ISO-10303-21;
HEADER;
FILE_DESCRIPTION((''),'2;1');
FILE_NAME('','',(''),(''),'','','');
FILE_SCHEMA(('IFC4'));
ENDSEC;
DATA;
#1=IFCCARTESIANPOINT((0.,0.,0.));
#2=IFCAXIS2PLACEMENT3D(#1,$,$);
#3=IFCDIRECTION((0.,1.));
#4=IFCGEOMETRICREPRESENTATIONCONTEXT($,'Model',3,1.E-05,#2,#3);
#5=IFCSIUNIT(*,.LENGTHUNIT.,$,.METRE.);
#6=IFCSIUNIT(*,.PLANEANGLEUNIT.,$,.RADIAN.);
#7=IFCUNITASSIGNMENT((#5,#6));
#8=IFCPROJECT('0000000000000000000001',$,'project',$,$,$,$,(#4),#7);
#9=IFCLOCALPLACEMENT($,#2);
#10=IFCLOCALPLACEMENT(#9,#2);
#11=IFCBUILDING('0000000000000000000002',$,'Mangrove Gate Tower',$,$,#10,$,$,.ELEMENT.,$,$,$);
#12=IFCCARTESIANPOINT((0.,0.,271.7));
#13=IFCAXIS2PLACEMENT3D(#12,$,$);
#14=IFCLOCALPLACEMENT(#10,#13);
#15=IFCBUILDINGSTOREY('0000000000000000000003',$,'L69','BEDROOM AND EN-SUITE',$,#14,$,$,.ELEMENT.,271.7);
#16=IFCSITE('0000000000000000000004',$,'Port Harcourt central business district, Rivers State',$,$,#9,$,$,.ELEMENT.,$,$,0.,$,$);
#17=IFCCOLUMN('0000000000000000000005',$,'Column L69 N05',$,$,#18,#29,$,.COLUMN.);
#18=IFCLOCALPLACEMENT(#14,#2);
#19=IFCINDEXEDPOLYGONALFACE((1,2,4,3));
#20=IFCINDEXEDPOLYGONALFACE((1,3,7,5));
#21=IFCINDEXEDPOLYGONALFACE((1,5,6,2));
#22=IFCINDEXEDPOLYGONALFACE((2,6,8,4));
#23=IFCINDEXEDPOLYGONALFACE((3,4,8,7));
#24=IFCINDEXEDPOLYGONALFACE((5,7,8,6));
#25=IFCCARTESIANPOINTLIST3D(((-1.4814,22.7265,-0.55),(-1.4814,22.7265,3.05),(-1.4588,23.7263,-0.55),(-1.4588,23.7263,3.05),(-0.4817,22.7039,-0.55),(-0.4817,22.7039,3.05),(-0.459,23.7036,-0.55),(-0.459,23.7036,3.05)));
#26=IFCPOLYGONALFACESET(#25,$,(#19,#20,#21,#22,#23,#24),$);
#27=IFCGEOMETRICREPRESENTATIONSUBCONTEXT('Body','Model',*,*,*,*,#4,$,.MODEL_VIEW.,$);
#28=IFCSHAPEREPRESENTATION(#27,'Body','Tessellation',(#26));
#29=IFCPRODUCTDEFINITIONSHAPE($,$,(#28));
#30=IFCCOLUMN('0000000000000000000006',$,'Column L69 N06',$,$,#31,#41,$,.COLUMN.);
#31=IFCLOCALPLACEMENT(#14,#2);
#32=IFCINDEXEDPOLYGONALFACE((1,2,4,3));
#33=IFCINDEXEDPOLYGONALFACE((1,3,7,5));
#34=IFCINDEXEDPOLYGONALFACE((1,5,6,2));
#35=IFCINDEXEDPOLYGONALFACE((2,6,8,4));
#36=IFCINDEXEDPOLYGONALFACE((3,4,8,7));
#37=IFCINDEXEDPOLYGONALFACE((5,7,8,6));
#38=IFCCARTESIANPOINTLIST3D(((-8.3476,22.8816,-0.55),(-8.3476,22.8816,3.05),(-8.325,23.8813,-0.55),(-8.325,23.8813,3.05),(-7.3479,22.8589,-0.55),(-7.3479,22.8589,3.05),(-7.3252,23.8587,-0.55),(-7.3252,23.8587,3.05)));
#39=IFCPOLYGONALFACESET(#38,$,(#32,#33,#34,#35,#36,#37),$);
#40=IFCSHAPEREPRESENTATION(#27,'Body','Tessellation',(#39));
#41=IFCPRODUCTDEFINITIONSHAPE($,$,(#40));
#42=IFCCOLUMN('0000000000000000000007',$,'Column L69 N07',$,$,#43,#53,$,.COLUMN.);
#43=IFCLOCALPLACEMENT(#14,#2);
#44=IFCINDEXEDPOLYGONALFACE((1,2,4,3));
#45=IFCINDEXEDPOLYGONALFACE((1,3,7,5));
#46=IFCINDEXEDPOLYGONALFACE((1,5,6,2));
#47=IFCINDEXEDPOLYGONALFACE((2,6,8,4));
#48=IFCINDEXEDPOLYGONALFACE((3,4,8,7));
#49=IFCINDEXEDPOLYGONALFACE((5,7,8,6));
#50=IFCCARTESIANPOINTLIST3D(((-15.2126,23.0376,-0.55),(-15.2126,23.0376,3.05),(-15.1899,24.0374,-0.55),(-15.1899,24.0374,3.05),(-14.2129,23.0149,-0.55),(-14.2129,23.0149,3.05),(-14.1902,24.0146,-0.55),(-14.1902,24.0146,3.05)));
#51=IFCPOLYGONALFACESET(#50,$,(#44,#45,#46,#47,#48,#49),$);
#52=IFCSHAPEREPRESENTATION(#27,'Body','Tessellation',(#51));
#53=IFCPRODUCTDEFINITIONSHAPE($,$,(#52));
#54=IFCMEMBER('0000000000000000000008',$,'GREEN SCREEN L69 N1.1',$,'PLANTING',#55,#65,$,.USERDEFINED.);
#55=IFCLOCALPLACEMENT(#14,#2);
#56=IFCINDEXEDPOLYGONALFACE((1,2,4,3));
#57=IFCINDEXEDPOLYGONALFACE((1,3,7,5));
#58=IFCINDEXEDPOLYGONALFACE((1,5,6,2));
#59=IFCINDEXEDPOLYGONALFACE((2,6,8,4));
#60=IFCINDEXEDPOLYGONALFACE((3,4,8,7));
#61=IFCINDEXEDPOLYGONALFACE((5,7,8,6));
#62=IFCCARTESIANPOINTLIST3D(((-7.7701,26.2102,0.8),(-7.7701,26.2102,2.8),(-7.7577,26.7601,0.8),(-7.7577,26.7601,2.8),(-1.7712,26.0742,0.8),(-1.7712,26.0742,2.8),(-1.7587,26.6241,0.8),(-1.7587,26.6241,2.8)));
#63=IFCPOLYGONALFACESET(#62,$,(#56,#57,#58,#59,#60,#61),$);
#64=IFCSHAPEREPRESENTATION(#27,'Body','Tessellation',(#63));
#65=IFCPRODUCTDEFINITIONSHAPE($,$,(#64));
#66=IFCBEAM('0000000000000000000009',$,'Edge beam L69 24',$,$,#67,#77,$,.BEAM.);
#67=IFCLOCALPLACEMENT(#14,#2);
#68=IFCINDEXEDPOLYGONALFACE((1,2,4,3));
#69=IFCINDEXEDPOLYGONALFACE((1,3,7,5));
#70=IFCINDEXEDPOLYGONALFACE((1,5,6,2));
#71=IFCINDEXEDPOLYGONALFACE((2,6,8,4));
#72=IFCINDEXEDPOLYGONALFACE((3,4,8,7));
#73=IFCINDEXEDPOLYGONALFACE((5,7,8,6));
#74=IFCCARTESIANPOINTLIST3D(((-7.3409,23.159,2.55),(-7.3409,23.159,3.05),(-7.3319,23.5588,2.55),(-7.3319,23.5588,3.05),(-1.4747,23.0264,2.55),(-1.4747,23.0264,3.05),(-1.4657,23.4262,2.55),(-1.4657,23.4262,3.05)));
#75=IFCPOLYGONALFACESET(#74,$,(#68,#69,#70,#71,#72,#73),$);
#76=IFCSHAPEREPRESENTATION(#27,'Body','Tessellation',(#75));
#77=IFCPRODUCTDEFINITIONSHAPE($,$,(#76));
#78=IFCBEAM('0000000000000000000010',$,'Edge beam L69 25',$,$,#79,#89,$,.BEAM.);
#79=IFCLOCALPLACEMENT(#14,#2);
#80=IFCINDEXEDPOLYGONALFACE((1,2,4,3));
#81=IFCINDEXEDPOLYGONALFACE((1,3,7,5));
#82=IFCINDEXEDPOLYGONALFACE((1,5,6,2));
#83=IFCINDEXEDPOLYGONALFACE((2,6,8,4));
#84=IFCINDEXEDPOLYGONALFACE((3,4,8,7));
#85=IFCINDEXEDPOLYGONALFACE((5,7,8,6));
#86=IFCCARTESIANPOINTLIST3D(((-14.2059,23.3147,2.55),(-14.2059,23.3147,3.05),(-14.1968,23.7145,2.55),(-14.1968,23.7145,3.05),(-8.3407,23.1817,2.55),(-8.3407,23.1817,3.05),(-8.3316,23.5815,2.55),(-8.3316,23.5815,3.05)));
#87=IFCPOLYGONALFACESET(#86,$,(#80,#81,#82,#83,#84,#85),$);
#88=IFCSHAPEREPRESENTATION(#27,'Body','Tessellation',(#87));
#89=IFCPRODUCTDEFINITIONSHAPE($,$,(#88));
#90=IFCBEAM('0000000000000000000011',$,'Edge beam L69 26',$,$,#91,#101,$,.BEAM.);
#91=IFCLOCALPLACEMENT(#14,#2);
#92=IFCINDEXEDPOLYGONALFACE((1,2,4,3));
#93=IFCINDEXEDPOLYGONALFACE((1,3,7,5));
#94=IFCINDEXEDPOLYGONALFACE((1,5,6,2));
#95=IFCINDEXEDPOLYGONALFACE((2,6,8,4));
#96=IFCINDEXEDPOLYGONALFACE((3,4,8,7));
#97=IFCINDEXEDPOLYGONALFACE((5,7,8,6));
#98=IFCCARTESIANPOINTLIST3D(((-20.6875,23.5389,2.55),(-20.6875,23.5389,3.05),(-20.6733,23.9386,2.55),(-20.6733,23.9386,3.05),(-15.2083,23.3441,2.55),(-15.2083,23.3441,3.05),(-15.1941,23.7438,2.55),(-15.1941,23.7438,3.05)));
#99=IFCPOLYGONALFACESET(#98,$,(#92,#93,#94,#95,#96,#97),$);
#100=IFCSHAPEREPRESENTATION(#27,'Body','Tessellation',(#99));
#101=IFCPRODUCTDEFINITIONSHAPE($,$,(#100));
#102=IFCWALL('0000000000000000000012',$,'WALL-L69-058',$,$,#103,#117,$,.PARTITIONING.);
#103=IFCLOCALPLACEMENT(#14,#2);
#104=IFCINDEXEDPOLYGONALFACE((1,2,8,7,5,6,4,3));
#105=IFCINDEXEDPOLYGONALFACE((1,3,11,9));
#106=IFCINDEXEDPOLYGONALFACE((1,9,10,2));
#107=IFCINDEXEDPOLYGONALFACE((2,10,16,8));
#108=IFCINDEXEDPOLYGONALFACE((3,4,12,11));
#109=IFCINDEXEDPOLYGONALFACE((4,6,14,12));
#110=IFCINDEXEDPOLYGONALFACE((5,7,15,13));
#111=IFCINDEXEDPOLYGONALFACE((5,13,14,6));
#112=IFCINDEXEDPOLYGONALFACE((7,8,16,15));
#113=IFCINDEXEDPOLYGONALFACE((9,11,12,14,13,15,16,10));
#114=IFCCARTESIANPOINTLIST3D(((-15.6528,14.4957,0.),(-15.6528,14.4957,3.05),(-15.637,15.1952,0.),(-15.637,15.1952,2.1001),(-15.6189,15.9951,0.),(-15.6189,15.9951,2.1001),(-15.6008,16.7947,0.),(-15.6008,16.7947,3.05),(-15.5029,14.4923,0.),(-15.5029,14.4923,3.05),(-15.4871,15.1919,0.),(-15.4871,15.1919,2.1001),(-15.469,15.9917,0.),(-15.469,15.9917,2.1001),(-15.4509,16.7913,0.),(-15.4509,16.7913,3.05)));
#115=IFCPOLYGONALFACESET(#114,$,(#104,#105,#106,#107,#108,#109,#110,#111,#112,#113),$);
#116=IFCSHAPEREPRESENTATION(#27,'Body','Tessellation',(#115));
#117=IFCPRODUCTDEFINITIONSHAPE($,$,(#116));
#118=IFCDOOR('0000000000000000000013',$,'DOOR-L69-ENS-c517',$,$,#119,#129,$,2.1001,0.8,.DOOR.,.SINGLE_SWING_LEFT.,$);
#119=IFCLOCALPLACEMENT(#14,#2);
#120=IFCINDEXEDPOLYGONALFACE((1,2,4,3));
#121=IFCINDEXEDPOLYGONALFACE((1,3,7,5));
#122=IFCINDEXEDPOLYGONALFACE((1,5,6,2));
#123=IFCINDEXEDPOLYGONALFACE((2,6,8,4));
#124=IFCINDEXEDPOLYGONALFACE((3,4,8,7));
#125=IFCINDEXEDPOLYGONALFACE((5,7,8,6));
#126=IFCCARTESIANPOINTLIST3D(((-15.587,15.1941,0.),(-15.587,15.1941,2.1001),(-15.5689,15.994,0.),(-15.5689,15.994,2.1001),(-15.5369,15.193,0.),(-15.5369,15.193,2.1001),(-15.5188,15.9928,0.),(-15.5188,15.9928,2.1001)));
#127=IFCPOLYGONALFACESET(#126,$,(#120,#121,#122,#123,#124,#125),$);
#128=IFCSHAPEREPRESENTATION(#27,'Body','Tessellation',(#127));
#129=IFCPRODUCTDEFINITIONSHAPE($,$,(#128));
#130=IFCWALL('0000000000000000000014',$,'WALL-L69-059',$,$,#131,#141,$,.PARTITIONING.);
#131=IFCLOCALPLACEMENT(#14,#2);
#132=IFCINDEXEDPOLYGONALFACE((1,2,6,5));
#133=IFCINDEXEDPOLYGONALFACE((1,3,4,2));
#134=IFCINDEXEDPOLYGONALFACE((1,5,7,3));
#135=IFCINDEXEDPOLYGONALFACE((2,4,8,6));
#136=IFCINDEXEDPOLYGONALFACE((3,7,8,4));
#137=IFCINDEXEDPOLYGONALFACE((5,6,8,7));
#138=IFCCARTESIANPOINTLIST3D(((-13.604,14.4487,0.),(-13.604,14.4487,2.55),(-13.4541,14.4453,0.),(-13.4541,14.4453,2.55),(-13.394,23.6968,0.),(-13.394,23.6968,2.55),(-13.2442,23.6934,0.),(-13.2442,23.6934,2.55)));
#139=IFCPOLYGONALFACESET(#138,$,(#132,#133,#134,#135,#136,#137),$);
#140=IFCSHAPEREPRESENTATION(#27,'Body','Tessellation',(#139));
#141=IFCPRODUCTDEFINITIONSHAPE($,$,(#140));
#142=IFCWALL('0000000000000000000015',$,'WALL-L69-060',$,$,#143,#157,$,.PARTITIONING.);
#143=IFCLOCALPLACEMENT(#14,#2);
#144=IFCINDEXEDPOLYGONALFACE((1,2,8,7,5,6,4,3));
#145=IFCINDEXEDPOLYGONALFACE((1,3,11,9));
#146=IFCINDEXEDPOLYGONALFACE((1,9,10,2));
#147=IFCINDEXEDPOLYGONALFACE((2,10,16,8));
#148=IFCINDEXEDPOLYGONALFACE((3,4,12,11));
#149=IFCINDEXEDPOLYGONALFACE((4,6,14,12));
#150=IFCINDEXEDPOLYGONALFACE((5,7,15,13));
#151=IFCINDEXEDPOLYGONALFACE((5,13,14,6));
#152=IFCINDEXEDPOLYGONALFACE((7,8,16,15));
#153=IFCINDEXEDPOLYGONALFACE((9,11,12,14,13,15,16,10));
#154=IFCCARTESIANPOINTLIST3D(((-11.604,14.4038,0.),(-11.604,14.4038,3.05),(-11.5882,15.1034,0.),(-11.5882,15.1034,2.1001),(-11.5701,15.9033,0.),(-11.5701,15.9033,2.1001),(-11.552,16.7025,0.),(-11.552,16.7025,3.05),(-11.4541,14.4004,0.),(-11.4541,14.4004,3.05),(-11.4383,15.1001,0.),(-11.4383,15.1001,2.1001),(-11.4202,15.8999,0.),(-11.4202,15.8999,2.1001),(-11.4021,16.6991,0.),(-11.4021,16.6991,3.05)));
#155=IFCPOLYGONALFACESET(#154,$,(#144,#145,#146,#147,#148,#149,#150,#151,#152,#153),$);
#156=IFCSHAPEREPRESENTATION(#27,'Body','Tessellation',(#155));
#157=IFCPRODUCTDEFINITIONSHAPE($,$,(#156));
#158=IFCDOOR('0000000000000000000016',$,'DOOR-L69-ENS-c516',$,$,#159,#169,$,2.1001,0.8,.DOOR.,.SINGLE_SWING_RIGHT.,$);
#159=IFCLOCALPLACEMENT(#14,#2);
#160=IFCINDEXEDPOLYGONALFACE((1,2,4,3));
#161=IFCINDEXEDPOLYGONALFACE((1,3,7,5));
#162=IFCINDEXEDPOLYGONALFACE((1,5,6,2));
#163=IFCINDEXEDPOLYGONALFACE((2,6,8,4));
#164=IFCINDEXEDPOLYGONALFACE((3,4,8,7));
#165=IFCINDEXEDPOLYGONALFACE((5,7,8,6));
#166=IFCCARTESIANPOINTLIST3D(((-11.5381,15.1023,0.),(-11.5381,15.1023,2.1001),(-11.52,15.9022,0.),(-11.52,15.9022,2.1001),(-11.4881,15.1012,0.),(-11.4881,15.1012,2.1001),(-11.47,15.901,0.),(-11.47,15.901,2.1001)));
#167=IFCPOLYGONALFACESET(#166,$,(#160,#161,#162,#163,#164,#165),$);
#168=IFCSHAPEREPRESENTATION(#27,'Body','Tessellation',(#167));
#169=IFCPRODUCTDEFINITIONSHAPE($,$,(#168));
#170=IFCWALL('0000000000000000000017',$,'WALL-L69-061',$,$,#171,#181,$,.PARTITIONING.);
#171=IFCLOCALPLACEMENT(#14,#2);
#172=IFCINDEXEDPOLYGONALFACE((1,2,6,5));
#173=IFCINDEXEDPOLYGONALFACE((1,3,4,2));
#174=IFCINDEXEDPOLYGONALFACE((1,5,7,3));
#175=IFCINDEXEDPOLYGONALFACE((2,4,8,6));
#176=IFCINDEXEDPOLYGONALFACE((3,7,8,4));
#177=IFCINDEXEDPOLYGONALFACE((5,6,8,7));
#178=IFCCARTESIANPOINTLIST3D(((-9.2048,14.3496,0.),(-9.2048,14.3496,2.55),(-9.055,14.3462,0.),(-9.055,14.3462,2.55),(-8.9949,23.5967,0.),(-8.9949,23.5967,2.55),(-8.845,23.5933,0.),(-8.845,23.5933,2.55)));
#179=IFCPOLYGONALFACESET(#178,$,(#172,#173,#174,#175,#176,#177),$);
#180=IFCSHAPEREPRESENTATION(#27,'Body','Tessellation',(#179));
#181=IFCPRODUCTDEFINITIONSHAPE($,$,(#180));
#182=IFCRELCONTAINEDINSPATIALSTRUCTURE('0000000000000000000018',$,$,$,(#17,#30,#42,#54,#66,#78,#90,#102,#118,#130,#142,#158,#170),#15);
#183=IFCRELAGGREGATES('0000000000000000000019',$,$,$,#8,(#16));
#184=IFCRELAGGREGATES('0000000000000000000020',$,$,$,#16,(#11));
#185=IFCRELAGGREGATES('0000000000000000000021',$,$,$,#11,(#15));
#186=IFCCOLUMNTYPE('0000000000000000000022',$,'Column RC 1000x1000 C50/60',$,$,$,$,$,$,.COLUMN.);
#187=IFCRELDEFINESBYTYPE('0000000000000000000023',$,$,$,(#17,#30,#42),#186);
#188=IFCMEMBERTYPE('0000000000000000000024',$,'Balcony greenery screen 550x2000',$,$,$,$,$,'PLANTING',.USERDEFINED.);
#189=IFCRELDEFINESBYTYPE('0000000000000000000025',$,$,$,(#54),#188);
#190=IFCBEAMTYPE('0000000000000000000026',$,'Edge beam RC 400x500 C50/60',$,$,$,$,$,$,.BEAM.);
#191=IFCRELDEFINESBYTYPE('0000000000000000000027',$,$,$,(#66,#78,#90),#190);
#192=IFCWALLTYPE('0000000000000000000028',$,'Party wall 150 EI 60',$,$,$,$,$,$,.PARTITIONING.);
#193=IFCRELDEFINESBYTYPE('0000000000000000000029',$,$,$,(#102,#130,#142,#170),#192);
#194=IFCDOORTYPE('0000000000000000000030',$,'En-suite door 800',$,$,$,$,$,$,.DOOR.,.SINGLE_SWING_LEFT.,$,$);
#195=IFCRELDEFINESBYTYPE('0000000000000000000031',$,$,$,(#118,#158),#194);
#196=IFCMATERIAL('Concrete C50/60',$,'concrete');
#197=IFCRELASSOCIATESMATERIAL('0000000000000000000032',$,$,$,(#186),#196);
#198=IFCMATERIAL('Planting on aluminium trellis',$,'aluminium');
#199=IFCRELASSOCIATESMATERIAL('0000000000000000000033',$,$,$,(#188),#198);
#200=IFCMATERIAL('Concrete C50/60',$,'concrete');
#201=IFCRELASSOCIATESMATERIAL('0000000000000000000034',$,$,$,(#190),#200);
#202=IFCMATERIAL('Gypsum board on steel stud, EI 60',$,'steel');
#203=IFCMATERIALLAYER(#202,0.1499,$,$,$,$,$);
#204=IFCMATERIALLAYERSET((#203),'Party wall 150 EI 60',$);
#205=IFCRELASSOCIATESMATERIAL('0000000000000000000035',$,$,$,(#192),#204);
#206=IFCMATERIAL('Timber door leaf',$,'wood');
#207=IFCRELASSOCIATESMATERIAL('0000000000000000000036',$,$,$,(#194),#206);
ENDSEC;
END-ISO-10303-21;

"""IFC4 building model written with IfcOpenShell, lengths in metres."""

from ifc_helpers import new_model, si_unit, direction, frame, frame_2d, origin, origin_2d, place, context, subcontext, project, spatial, rectangle, extrude, material, layer, layer_set, material_profile, profile_set, type_object, element, fill, save


model = new_model("IFC4")

# Units and contexts
model_context = context("Model", 3, precision=1e-05, world=origin(), true_north=direction((0.0, 1.0)))
body_context = subcontext(model_context, "Body", "Model", "MODEL_VIEW")
ifc_project = project(units=[si_unit("LENGTHUNIT", "METRE"), si_unit("PLANEANGLEUNIT", "RADIAN")], contexts=[model_context])

# Site, building, storey
site_placement = place(None, origin())
site = spatial("IfcSite", under=ifc_project, at=site_placement, Name="Port Harcourt central business district, Rivers State", CompositionType="ELEMENT", RefElevation=0.0)
building_placement = place(site_placement, origin())
building = spatial("IfcBuilding", under=site, at=building_placement, Name="Mangrove Gate Tower", CompositionType="ELEMENT")
storey_placement = place(building_placement, frame((0.0, 0.0, 271.7)))
storey = spatial("IfcBuildingStorey", under=building, at=storey_placement, Name="L69", Description="BEDROOM AND EN-SUITE", CompositionType="ELEMENT", Elevation=271.7)

# Columns
ifc_material_1 = material(Name="Concrete C50/60", Category="concrete")
ifc_material_profile_1 = material_profile(ifc_material_1, rectangle(XDim=1.0, YDim=1.0, at=origin_2d()))
ifc_profile_set_1 = profile_set([ifc_material_profile_1], Name="Concrete C50/60")
column_type = type_object("IfcColumnType", Name="Column RC 1000x1000 C50/60", PredefinedType="COLUMN", material=ifc_profile_set_1)
for number, where, z_axis, x_axis, name in (
    (1, (-0.9702, 23.2151, -0.55), (0.0, 0.0, 1.0), (-0.999744, 0.022642, 0.0), "Column L69 N05"),
    (2, (-7.8364, 23.3701, -0.55), (0.0, 0.0, 1.0), (-0.999744, 0.022644, 0.0), "Column L69 N06"),
    (3, (-14.7014, 23.5261, -0.55), (0.0, 0.0, 1.0), (-0.999742, 0.022716, 0.0), "Column L69 N07"),
):
    element("IfcColumn", number, at=place(storey_placement, frame(where, z_axis=z_axis, x_axis=x_axis)), inside=storey, type_object=column_type, Name=name, PredefinedType="COLUMN", context=body_context, shape_type="SweptSolid", body=[
        extrude(rectangle(XDim=1.0, YDim=1.0, at=origin_2d()), origin(), (0.0, 0.0, 1.0), 3.6001),
    ])

# Member
ifc_material_2 = material(Name="Planting on aluminium trellis", Category="aluminium")
ifc_material_profile_2 = material_profile(ifc_material_2, rectangle(XDim=0.55, YDim=2.0, at=origin_2d()))
ifc_profile_set_2 = profile_set([ifc_material_profile_2], Name="Planting on aluminium trellis")
member_type = type_object("IfcMemberType", Name="Balcony greenery screen 550x2000", ElementType="PLANTING", PredefinedType="USERDEFINED", material=ifc_profile_set_2)
member_placement = place(storey_placement, frame((-7.7639, 26.4851, 1.8), z_axis=(0.999743, -0.022662, 0.0), x_axis=(0.022662, 0.999743, 0.0)))
element("IfcMember", 4, at=member_placement, inside=storey, type_object=member_type, Name="GREEN SCREEN L69 N1.1", ObjectType="PLANTING", PredefinedType="USERDEFINED", context=body_context, shape_type="SweptSolid", body=[
    extrude(rectangle(XDim=0.55, YDim=2.0, at=origin_2d()), origin(), (0.0, 0.0, 1.0), 6.0005),
])

# Beams
ifc_material_3 = material(Name="Concrete C50/60", Category="concrete")
ifc_material_profile_3 = material_profile(ifc_material_3, rectangle(XDim=0.3999, YDim=0.5, at=origin_2d()))
ifc_profile_set_3 = profile_set([ifc_material_profile_3], Name="Concrete C50/60")
beam_type = type_object("IfcBeamType", Name="Edge beam RC 400x500 C50/60", PredefinedType="BEAM", material=ifc_profile_set_3)
beam_1_placement = place(storey_placement, frame((-1.4702, 23.2263, 2.8), z_axis=(-0.999745, 0.022593, 0.0), x_axis=(-0.022593, -0.999745, 0.0)))
element("IfcBeam", 5, at=beam_1_placement, inside=storey, type_object=beam_type, Name="Edge beam L69 24", PredefinedType="BEAM", context=body_context, shape_type="SweptSolid", body=[
    extrude(rectangle(XDim=0.3999, YDim=0.5, at=origin_2d()), origin(), (0.0, 0.0, 1.0), 5.8677),
])
beam_2_placement = place(storey_placement, frame((-8.3362, 23.3816, 2.8), z_axis=(-0.999743, 0.02268, 0.0), x_axis=(-0.02268, -0.999743, 0.0)))
element("IfcBeam", 6, at=beam_2_placement, inside=storey, type_object=beam_type, Name="Edge beam L69 25", PredefinedType="BEAM", context=body_context, shape_type="SweptSolid", body=[
    extrude(rectangle(XDim=0.3999, YDim=0.5, at=origin_2d()), origin(), (0.0, 0.0, 1.0), 5.8667),
])
beam_3_placement = place(storey_placement, frame((-15.2012, 23.5439, 2.8), z_axis=(-0.999368, 0.035534, 0.0), x_axis=(-0.035534, -0.999368, 0.0)))
element("IfcBeam", 7, at=beam_3_placement, inside=storey, type_object=beam_type, Name="Edge beam L69 26", PredefinedType="BEAM", context=body_context, shape_type="SweptSolid", body=[
    extrude(rectangle(XDim=0.3999, YDim=0.5, at=origin_2d()), origin(), (0.0, 0.0, 1.0), 5.4827),
])

# Wall, opening, door
ifc_material_4 = material(Name="Gypsum board on steel stud, EI 60", Category="steel")
ifc_layer_1 = layer(ifc_material_4, 0.1499)
ifc_layer_set_1 = layer_set([ifc_layer_1], Name="Party wall 150 EI 60")
wall_type_1 = type_object("IfcWallType", Name="Party wall 150 EI 60", PredefinedType="PARTITIONING", material=ifc_layer_set_1)
wall_1_placement = place(storey_placement, frame((-15.5779, 14.4939, 0.0), z_axis=(0.0, 0.0, 1.0), x_axis=(0.022613, 0.999744, 0.0)))
wall_1 = element("IfcWall", 8, at=wall_1_placement, inside=storey, type_object=wall_type_1, Name="WALL-L69-058", PredefinedType="PARTITIONING", context=body_context, shape_type="SweptSolid", body=[
    extrude(rectangle(XDim=2.2996, YDim=0.1499, at=frame_2d((1.1499, 0.0))), origin(), (0.0, 0.0, 1.0), 3.05),
])
opening_1_placement = place(wall_1_placement, frame((0.7, 0.0, 0.0)))
opening_1 = element("IfcOpeningElement", 9, at=opening_1_placement, cuts=wall_1, PredefinedType="OPENING", context=body_context, shape_type="SweptSolid", body=[
    extrude(rectangle(XDim=0.8, YDim=2.1001, at=frame_2d((0.3999, 1.05))), frame((0.0, 0.085, 0.0), z_axis=(0.0, -1.0, 0.0), x_axis=(1.0, 0.0, 0.0)), (0.0, 0.0, 1.0), 0.1699),
])
ifc_material_5 = material(Name="Timber door leaf", Category="wood")
door_type = type_object("IfcDoorType", Name="En-suite door 800", OperationType="SINGLE_SWING_LEFT", PredefinedType="DOOR", material=ifc_material_5)
door_1_placement = place(opening_1_placement, origin())
door_1 = element("IfcDoor", 10, at=door_1_placement, inside=storey, type_object=door_type, Name="DOOR-L69-ENS-c517", OperationType="SINGLE_SWING_LEFT", OverallHeight=2.1001, OverallWidth=0.8, PredefinedType="DOOR", context=body_context, shape_type="SweptSolid", body=[
    extrude(rectangle(XDim=0.8, YDim=2.1001, at=frame_2d((0.3999, 1.05))), frame((0.0, 0.0249, 0.0), z_axis=(0.0, -1.0, 0.0), x_axis=(1.0, 0.0, 0.0)), (0.0, 0.0, 1.0), 0.05),
])
fill(opening_1, door_1)

# Wall
wall_2_placement = place(storey_placement, frame((-13.5291, 14.447, 0.0), z_axis=(0.0, 0.0, 1.0), x_axis=(0.022697, 0.999742, 0.0)))
element("IfcWall", 11, at=wall_2_placement, inside=storey, type_object=wall_type_1, Name="WALL-L69-059", PredefinedType="PARTITIONING", context=body_context, shape_type="SweptSolid", body=[
    extrude(rectangle(XDim=9.2505, YDim=0.1499, at=frame_2d((4.6252, 0.0))), origin(), (0.0, 0.0, 1.0), 2.55),
])

# Wall, opening, door
wall_3_placement = place(storey_placement, frame((-11.5291, 14.4021, 0.0), z_axis=(0.0, 0.0, 1.0), x_axis=(0.022615, 0.999744, 0.0)))
wall_3 = element("IfcWall", 12, at=wall_3_placement, inside=storey, type_object=wall_type_1, Name="WALL-L69-060", PredefinedType="PARTITIONING", context=body_context, shape_type="SweptSolid", body=[
    extrude(rectangle(XDim=2.2993, YDim=0.1499, at=frame_2d((1.1497, 0.0))), origin(), (0.0, 0.0, 1.0), 3.05),
])
opening_2_placement = place(wall_3_placement, frame((0.7, 0.0, 0.0)))
opening_2 = element("IfcOpeningElement", 13, at=opening_2_placement, cuts=wall_3, PredefinedType="OPENING", context=body_context, shape_type="SweptSolid", body=[
    extrude(rectangle(XDim=0.8, YDim=2.1001, at=frame_2d((0.3999, 1.05))), frame((0.0, 0.085, 0.0), z_axis=(0.0, -1.0, 0.0), x_axis=(1.0, 0.0, 0.0)), (0.0, 0.0, 1.0), 0.1699),
])
door_2_placement = place(opening_2_placement, origin())
door_2 = element("IfcDoor", 14, at=door_2_placement, inside=storey, type_object=door_type, Name="DOOR-L69-ENS-c516", OperationType="SINGLE_SWING_RIGHT", OverallHeight=2.1001, OverallWidth=0.8, PredefinedType="DOOR", context=body_context, shape_type="SweptSolid", body=[
    extrude(rectangle(XDim=0.8, YDim=2.1001, at=frame_2d((0.3999, 1.05))), frame((0.0, 0.0249, 0.0), z_axis=(0.0, -1.0, 0.0), x_axis=(1.0, 0.0, 0.0)), (0.0, 0.0, 1.0), 0.05),
])
fill(opening_2, door_2)

# Wall
wall_4_placement = place(storey_placement, frame((-9.1299, 14.3479, 0.0), z_axis=(0.0, 0.0, 1.0), x_axis=(0.0227, 0.999742, 0.0)))
element("IfcWall", 15, at=wall_4_placement, inside=storey, type_object=wall_type_1, Name="WALL-L69-061", PredefinedType="PARTITIONING", context=body_context, shape_type="SweptSolid", body=[
    extrude(rectangle(XDim=9.2495, YDim=0.1499, at=frame_2d((4.6248, 0.0))), origin(), (0.0, 0.0, 1.0), 2.55),
])

save(model, "model.ifc")
